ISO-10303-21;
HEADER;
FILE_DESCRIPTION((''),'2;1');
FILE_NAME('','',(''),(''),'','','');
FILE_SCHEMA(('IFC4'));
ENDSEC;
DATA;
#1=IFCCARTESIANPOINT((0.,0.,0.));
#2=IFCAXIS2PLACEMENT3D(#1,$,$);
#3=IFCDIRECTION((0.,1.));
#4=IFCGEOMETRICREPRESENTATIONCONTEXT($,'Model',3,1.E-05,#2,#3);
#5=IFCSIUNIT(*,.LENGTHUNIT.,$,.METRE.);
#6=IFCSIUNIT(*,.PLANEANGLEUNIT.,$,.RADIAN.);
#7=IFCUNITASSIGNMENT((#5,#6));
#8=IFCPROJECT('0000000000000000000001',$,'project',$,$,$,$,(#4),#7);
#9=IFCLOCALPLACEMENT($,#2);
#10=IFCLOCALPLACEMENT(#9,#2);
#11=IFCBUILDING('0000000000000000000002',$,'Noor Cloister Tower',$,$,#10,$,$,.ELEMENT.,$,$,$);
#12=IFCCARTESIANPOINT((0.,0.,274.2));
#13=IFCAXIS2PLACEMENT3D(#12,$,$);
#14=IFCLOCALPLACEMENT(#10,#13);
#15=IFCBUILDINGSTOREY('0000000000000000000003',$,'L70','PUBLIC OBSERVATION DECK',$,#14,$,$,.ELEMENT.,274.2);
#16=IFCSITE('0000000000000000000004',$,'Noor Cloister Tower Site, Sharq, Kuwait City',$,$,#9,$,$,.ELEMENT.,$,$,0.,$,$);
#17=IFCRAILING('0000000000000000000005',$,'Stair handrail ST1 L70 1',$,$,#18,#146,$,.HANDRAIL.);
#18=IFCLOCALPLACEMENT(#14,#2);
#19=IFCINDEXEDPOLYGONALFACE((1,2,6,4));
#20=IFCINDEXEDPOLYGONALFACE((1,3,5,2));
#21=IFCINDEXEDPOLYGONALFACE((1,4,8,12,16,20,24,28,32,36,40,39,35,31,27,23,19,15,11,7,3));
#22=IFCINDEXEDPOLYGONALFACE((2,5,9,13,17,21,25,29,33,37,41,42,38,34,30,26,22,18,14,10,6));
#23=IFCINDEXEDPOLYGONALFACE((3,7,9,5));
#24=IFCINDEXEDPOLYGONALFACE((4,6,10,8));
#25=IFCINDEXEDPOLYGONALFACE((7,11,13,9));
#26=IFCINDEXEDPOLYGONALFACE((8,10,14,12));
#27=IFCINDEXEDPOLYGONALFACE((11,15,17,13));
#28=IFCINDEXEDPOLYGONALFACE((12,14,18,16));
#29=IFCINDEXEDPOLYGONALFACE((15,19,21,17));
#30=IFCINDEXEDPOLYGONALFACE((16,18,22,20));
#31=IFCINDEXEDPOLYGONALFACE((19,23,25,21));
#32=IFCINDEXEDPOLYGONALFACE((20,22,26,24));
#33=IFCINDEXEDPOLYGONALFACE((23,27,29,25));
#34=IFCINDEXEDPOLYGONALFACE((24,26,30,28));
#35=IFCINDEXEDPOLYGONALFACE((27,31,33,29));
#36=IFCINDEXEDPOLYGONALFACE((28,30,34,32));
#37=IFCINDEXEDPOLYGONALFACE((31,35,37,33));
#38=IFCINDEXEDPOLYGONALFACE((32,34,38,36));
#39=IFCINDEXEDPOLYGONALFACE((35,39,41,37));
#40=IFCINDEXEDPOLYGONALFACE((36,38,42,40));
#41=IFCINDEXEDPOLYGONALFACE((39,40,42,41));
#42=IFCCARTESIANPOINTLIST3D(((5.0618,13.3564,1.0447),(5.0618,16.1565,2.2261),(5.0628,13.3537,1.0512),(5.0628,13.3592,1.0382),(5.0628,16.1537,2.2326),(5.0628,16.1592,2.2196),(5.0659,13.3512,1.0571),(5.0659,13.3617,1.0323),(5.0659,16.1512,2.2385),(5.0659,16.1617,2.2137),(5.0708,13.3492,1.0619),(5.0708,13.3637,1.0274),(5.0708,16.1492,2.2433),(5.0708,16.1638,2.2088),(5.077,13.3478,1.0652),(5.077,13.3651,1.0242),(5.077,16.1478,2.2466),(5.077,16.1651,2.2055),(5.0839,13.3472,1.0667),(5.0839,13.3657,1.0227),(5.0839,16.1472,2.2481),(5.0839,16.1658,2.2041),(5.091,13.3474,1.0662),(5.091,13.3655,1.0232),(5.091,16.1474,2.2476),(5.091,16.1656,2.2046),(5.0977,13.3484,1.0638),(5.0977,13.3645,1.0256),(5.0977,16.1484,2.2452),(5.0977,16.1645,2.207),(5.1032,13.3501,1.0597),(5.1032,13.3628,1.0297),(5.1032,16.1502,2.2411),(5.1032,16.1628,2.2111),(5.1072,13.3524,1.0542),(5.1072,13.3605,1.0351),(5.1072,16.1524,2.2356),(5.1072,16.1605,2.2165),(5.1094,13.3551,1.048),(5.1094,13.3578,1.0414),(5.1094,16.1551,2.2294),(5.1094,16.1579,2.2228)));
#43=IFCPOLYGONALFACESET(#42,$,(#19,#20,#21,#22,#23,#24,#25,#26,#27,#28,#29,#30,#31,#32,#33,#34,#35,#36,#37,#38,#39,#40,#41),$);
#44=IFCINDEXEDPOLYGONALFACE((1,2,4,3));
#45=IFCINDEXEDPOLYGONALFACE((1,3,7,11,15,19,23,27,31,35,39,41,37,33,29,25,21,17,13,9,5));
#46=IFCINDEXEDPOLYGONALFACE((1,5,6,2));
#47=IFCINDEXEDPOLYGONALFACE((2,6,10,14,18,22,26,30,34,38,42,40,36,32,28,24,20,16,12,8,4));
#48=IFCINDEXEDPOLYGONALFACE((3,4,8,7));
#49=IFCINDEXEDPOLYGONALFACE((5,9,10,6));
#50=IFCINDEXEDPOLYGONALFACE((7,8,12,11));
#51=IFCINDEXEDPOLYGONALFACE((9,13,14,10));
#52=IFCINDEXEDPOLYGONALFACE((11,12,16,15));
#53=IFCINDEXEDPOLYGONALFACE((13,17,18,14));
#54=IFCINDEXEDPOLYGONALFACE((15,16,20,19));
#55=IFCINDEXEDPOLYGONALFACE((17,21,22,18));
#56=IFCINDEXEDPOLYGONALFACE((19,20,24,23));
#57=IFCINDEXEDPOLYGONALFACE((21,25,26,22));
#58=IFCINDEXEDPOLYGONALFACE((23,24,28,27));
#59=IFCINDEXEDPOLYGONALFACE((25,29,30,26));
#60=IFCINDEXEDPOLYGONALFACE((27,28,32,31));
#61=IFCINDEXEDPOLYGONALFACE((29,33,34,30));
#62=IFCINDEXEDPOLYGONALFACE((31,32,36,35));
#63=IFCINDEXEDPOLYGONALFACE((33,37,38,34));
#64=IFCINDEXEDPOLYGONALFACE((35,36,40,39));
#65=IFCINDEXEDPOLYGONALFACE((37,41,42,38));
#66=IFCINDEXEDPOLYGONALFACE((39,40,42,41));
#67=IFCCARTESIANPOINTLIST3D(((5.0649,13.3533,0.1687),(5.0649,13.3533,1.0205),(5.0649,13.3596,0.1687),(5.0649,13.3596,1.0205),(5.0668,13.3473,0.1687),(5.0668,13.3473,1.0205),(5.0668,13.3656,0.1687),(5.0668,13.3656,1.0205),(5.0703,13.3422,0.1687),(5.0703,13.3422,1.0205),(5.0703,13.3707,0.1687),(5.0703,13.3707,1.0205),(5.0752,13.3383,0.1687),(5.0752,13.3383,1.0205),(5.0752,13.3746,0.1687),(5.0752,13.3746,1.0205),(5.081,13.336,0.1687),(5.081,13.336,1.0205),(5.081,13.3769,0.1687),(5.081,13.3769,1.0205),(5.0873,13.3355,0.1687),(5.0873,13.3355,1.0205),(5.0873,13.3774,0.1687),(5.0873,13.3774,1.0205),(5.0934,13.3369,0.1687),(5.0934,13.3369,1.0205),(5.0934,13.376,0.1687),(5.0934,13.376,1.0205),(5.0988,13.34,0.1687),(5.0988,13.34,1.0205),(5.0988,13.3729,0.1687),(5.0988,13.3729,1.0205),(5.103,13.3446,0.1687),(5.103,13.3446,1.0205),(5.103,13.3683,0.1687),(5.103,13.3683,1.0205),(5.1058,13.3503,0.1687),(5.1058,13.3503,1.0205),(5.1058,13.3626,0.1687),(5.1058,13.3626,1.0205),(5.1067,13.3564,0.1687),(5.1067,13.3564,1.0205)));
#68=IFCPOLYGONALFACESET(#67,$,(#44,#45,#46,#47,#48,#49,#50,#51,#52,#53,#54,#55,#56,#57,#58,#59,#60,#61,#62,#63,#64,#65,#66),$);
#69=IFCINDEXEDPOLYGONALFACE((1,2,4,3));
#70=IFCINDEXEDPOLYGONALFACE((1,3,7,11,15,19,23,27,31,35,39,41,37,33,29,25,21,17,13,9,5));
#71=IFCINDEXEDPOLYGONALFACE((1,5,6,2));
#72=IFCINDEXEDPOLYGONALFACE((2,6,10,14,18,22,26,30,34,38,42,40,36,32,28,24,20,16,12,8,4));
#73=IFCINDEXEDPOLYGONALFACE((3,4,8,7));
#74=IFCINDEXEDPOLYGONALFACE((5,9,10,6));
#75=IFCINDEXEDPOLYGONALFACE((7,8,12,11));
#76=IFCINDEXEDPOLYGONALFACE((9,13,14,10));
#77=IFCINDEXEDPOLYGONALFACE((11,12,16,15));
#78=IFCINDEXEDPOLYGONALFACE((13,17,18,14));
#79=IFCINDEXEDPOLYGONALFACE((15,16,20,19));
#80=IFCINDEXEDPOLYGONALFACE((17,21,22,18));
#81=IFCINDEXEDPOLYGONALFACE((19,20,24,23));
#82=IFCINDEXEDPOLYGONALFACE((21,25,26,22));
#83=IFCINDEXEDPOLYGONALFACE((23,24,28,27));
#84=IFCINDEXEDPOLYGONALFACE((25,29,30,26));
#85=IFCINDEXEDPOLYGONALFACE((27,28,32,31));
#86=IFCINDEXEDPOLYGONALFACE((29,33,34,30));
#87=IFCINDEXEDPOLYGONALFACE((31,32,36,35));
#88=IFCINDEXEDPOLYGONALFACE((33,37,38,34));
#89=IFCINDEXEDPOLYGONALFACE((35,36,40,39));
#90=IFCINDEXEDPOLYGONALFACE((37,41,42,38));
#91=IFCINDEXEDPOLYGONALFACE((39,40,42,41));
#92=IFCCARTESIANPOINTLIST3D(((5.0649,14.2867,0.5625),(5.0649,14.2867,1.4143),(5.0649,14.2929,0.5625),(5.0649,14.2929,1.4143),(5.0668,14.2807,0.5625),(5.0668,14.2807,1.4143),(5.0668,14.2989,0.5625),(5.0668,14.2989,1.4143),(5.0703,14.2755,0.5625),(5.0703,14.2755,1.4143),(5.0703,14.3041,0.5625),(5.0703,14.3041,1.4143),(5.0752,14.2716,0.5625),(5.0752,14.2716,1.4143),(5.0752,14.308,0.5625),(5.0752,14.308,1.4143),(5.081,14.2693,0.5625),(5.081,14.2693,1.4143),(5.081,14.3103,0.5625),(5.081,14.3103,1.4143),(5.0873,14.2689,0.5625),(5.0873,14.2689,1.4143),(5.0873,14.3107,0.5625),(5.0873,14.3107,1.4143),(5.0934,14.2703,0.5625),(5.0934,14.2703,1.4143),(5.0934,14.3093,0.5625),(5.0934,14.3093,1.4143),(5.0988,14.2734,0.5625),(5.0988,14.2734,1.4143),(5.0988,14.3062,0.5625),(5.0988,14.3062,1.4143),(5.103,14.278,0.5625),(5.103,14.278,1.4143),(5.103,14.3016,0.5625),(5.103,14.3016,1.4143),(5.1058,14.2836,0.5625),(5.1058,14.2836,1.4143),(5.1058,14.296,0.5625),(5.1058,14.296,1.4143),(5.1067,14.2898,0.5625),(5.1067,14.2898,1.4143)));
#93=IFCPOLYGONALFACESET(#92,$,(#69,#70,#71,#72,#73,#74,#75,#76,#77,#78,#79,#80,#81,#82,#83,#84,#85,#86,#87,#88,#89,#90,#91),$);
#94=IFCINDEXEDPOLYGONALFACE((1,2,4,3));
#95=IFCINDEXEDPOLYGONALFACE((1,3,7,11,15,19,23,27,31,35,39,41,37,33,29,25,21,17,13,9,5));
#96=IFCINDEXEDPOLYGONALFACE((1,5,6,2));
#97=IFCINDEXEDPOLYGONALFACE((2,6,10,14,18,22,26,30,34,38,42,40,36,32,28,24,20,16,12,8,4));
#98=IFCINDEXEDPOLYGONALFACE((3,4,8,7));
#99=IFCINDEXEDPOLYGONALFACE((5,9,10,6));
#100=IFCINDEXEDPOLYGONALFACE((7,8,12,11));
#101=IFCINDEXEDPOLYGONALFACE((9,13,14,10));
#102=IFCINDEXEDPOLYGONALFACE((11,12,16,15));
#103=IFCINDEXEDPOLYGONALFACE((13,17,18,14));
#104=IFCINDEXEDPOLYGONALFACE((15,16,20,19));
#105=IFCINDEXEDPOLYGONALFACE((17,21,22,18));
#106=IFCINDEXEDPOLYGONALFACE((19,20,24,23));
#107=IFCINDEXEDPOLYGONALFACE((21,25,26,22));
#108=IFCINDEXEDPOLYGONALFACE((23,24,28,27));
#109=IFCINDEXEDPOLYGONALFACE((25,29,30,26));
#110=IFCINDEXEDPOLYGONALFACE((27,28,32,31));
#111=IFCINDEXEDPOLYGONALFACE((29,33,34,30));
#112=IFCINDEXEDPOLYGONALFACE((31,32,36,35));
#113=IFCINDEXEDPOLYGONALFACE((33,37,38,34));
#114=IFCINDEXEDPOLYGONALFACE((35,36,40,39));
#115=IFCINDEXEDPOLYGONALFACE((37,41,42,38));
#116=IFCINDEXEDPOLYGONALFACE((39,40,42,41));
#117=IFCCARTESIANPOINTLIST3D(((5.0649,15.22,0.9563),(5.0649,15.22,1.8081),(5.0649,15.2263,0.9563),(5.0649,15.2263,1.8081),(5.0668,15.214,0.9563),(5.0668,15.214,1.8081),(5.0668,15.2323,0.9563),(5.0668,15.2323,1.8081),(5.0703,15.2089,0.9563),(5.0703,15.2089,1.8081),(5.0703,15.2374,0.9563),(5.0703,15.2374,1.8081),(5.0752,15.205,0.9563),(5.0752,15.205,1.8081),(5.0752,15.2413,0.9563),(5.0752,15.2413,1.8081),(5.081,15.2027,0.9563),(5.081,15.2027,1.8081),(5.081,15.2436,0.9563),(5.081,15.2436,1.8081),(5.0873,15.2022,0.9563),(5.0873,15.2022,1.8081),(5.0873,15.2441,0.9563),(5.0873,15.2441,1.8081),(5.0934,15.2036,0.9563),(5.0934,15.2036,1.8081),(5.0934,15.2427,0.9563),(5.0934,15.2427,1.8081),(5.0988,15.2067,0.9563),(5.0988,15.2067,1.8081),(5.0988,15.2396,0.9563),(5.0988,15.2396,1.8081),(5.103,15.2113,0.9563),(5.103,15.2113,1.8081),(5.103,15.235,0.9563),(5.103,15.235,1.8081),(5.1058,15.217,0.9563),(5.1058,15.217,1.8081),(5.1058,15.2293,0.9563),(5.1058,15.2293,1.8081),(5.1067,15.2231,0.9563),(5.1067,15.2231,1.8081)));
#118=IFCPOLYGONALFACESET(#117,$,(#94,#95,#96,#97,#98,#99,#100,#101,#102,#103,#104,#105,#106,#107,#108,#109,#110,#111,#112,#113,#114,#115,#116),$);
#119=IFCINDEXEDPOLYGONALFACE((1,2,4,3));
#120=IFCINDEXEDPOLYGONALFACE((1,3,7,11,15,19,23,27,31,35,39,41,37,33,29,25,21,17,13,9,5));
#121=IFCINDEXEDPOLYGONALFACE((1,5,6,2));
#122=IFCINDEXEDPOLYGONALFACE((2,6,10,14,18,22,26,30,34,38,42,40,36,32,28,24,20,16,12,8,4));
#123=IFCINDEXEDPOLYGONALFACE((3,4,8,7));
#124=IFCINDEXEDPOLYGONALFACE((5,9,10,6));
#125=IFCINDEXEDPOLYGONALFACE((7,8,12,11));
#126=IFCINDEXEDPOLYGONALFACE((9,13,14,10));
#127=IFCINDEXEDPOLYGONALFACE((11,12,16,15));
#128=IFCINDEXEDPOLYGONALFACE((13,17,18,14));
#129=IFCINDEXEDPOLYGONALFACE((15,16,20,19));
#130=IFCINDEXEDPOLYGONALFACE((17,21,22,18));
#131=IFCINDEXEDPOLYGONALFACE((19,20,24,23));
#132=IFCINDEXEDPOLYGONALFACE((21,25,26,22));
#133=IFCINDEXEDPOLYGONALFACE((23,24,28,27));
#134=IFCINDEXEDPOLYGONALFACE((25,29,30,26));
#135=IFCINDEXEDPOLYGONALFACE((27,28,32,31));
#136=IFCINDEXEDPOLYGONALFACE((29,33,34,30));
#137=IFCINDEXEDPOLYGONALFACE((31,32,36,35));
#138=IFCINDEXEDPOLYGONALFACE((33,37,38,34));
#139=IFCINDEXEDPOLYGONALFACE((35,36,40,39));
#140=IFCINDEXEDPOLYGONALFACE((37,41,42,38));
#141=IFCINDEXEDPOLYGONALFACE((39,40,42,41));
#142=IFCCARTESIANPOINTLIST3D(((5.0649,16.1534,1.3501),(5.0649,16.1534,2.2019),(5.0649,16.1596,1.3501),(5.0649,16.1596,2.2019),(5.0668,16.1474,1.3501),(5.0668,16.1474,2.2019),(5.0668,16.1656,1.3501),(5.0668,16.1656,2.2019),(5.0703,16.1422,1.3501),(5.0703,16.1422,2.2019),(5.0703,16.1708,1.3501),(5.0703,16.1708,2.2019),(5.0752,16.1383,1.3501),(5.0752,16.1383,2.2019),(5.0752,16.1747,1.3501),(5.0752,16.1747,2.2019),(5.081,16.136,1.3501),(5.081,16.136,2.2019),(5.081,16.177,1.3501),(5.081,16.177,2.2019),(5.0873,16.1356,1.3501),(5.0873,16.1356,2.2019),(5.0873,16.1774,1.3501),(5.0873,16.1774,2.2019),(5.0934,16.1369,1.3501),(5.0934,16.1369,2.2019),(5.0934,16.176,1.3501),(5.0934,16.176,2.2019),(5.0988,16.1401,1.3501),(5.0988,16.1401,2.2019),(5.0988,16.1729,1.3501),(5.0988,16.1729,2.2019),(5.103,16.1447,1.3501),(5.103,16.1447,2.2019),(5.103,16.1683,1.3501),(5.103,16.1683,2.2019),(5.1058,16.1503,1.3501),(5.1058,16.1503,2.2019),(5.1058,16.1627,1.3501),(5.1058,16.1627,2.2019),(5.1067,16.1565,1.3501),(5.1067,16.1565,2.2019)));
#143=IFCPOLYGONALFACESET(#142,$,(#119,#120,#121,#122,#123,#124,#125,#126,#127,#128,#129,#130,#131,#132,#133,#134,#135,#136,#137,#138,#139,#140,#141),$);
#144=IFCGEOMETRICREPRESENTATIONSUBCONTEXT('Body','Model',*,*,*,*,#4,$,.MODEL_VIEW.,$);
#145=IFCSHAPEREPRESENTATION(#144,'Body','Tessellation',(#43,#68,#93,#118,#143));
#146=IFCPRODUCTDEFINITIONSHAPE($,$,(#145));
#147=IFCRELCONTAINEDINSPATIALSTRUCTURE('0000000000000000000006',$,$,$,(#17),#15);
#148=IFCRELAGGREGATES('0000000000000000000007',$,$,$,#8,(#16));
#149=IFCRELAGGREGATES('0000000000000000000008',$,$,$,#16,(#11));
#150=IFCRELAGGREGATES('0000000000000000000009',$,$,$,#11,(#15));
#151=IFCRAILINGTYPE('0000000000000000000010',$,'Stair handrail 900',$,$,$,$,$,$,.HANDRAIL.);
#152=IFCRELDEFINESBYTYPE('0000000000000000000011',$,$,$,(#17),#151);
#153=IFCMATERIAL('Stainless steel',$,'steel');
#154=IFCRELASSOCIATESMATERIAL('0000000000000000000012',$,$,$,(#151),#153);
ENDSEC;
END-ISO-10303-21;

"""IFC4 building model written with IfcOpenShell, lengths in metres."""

from ifc_helpers import new_model, si_unit, direction, frame, origin, origin_2d, place, context, subcontext, project, spatial, circle, extrude, material, type_object, element, save


model = new_model("IFC4")

# Units and contexts
model_context = context("Model", 3, precision=1e-05, world=origin(), true_north=direction((0.0, 1.0)))
body_context = subcontext(model_context, "Body", "Model", "MODEL_VIEW")
ifc_project = project(units=[si_unit("LENGTHUNIT", "METRE"), si_unit("PLANEANGLEUNIT", "RADIAN")], contexts=[model_context])

# Site, building, storey
site_placement = place(None, origin())
site = spatial("IfcSite", under=ifc_project, at=site_placement, Name="Noor Cloister Tower Site, Sharq, Kuwait City", CompositionType="ELEMENT", RefElevation=0.0)
building_placement = place(site_placement, origin())
building = spatial("IfcBuilding", under=site, at=building_placement, Name="Noor Cloister Tower", CompositionType="ELEMENT")
storey_placement = place(building_placement, frame((0.0, 0.0, 274.2)))
storey = spatial("IfcBuildingStorey", under=building, at=storey_placement, Name="L70", Description="PUBLIC OBSERVATION DECK", CompositionType="ELEMENT", Elevation=274.2)

# Railing
ifc_material_1 = material(Name="Stainless steel", Category="steel")
railing_type_1 = type_object("IfcRailingType", Name="Stair handrail 900", PredefinedType="HANDRAIL", material=ifc_material_1)
railing_1_placement = place(storey_placement, frame((5.0857, 13.3564, 0.1687)))
element("IfcRailing", 1, at=railing_1_placement, inside=storey, type_object=railing_type_1, Name="Stair handrail ST1 L70 1", PredefinedType="HANDRAIL", context=body_context, shape_type="SweptSolid", body=[
    extrude(circle(Radius=0.0239, at=origin_2d()), frame((0.0, 0.0, 0.876), z_axis=(0.0, 0.921349, 0.388736), x_axis=(-1.0, 0.0, 0.0)), (0.0, 0.0, 1.0), 3.0391),
    extrude(circle(Radius=0.021, at=origin_2d()), origin(), (0.0, 0.0, 1.0), 0.8518),
    extrude(circle(Radius=0.021, at=origin_2d()), frame((0.0, 0.9333, 0.3938)), (0.0, 0.0, 1.0), 0.8518),
    extrude(circle(Radius=0.021, at=origin_2d()), frame((0.0, 1.8667, 0.7876)), (0.0, 0.0, 1.0), 0.8518),
    extrude(circle(Radius=0.021, at=origin_2d()), frame((0.0, 2.8, 1.1814)), (0.0, 0.0, 1.0), 0.8518),
])

save(model, "model.ifc")
